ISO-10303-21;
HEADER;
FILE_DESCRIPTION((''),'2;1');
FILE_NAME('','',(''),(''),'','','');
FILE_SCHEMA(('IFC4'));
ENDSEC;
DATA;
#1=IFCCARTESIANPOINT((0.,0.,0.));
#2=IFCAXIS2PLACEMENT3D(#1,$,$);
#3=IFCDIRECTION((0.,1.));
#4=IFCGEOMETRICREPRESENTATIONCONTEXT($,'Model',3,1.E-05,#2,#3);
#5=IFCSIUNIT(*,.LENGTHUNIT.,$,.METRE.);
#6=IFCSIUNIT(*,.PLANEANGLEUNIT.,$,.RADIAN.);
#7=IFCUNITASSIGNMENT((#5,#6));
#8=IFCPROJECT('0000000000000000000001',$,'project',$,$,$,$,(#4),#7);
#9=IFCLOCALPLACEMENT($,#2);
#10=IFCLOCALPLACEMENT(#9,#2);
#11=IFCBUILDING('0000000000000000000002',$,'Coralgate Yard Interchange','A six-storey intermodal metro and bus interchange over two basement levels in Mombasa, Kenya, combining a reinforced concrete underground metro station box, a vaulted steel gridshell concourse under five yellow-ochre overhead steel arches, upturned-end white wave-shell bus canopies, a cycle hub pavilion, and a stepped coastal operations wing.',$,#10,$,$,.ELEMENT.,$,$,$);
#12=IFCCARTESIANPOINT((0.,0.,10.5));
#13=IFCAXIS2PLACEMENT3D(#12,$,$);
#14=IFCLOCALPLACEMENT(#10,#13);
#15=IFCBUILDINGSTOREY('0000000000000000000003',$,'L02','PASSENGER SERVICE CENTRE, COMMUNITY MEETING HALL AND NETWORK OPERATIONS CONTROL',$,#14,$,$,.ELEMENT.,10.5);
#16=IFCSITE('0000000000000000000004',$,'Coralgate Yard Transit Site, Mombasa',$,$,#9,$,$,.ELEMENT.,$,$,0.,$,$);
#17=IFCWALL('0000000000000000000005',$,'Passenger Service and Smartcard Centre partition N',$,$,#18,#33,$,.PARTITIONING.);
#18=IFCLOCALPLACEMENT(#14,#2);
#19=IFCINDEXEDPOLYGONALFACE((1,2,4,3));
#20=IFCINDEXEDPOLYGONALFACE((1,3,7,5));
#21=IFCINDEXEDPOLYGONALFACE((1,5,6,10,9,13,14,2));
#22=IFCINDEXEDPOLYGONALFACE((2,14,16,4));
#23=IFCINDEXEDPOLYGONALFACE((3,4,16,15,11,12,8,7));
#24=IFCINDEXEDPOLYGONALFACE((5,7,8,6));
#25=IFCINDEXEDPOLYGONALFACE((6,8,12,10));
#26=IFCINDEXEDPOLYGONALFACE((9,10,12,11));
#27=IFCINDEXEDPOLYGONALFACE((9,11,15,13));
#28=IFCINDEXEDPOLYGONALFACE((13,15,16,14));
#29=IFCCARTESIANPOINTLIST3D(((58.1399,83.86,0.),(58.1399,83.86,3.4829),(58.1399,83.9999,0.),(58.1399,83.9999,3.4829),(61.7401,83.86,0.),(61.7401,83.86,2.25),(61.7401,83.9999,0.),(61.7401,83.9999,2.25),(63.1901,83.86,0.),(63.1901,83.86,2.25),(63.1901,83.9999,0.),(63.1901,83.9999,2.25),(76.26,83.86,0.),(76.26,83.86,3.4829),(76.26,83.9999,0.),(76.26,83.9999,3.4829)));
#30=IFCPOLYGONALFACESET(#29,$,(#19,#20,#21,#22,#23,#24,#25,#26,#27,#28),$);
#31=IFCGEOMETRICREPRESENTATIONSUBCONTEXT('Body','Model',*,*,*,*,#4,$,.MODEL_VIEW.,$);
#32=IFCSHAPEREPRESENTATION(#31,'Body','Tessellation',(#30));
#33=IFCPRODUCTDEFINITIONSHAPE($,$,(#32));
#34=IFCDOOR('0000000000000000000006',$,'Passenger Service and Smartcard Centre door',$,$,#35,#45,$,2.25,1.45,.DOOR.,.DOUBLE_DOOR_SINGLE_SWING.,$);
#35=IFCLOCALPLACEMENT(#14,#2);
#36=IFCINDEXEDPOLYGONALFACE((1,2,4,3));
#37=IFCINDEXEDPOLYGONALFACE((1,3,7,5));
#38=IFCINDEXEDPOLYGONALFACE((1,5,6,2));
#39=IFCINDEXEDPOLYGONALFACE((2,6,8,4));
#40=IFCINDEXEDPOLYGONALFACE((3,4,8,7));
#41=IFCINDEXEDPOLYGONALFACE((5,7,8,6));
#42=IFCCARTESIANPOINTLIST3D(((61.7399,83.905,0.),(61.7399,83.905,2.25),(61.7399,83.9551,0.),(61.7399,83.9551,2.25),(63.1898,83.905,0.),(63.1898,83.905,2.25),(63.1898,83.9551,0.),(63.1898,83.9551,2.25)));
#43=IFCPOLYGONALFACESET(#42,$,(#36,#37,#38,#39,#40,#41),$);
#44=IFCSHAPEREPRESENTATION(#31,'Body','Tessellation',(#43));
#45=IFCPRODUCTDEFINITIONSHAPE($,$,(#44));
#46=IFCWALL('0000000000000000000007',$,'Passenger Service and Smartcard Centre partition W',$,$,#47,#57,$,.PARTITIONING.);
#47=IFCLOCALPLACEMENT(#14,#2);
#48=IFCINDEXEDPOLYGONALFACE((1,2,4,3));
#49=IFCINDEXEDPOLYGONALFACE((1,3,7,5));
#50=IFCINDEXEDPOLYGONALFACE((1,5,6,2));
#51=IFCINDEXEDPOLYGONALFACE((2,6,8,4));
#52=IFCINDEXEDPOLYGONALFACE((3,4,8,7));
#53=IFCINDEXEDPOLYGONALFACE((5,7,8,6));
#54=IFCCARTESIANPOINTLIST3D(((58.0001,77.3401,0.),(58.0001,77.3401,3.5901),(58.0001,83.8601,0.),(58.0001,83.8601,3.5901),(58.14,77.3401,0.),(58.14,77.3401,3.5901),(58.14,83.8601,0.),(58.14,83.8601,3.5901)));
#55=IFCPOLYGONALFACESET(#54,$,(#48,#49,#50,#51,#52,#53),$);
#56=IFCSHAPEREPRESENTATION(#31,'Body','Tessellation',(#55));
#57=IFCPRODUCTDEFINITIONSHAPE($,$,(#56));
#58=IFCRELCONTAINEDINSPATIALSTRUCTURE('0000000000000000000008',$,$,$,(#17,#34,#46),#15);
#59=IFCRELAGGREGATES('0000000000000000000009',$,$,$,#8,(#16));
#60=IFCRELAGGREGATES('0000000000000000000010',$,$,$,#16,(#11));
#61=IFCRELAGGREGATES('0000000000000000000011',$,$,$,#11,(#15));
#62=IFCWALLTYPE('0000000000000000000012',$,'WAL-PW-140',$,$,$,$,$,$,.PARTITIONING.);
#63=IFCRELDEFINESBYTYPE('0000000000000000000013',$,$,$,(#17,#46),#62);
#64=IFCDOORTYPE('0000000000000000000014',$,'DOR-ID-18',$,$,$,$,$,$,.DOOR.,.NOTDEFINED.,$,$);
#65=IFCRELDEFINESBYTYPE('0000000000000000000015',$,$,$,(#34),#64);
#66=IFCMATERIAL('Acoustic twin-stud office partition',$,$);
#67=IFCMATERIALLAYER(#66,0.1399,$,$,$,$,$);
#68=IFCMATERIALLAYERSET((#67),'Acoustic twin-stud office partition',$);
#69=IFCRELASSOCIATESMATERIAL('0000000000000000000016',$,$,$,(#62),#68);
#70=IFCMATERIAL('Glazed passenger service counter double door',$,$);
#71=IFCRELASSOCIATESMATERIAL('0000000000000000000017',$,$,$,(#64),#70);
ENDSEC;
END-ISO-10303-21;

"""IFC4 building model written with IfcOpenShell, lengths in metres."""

from ifc_helpers import new_model, si_unit, direction, frame, frame_2d, origin, place, context, subcontext, project, spatial, rectangle, extrude, material, layer, layer_set, type_object, element, fill, save


model = new_model("IFC4")

# Units and contexts
model_context = context("Model", 3, precision=1e-05, world=origin(), true_north=direction((0.0, 1.0)))
body_context = subcontext(model_context, "Body", "Model", "MODEL_VIEW")
ifc_project = project(units=[si_unit("LENGTHUNIT", "METRE"), si_unit("PLANEANGLEUNIT", "RADIAN")], contexts=[model_context])

# Site, building, storey
site_placement = place(None, origin())
site = spatial("IfcSite", under=ifc_project, at=site_placement, Name="Coralgate Yard Transit Site, Mombasa", CompositionType="ELEMENT", RefElevation=0.0)
building_placement = place(site_placement, origin())
building = spatial("IfcBuilding", under=site, at=building_placement, Name="Coralgate Yard Interchange", Description="A six-storey intermodal metro and bus interchange over two basement levels in Mombasa, Kenya, combining a reinforced concrete underground metro station box, a vaulted steel gridshell concourse under five yellow-ochre overhead steel arches, upturned-end white wave-shell bus canopies, a cycle hub pavilion, and a stepped coastal operations wing.", CompositionType="ELEMENT")
storey_placement = place(building_placement, frame((0.0, 0.0, 10.5)))
storey = spatial("IfcBuildingStorey", under=building, at=storey_placement, Name="L02", Description="PASSENGER SERVICE CENTRE, COMMUNITY MEETING HALL AND NETWORK OPERATIONS CONTROL", CompositionType="ELEMENT", Elevation=10.5)

# Wall, opening, door
ifc_material_1 = material(Name="Acoustic twin-stud office partition")
ifc_layer_1 = layer(ifc_material_1, 0.1399)
ifc_layer_set_1 = layer_set([ifc_layer_1], Name="Acoustic twin-stud office partition")
wall_type = type_object("IfcWallType", Name="WAL-PW-140", PredefinedType="PARTITIONING", material=ifc_layer_set_1)
wall_1_placement = place(storey_placement, frame((58.1399, 83.9299, 0.0), z_axis=(0.0, 0.0, 1.0), x_axis=(1.0, 0.0, 0.0)))
wall_1 = element("IfcWall", 1, at=wall_1_placement, inside=storey, type_object=wall_type, Name="Passenger Service and Smartcard Centre partition N", PredefinedType="PARTITIONING", context=body_context, shape_type="SweptSolid", body=[
    extrude(rectangle(XDim=18.1201, YDim=0.1399, at=frame_2d((9.0601, 0.0))), origin(), (0.0, 0.0, 1.0), 3.4829),
])
opening_placement = place(wall_1_placement, frame((3.6001, 0.0, 0.0)))
opening = element("IfcOpeningElement", 2, at=opening_placement, cuts=wall_1, PredefinedType="OPENING", context=body_context, shape_type="SweptSolid", body=[
    extrude(rectangle(XDim=1.45, YDim=2.25, at=frame_2d((0.7251, 1.125))), frame((0.0, 0.0798, 0.0), z_axis=(0.0, -1.0, 0.0), x_axis=(1.0, 0.0, 0.0)), (0.0, 0.0, 1.0), 0.1599),
])
ifc_material_2 = material(Name="Glazed passenger service counter double door")
door_type = type_object("IfcDoorType", Name="DOR-ID-18", OperationType="NOTDEFINED", PredefinedType="DOOR", material=ifc_material_2)
door_placement = place(opening_placement, frame((1.45, 0.0, 0.0), z_axis=(0.0, 0.0, 1.0), x_axis=(-1.0, 0.0, 0.0)))
door = element("IfcDoor", 3, at=door_placement, inside=storey, type_object=door_type, Name="Passenger Service and Smartcard Centre door", OperationType="DOUBLE_DOOR_SINGLE_SWING", OverallHeight=2.25, OverallWidth=1.45, PredefinedType="DOOR", context=body_context, shape_type="SweptSolid", body=[
    extrude(rectangle(XDim=1.45, YDim=2.25, at=frame_2d((0.7251, 1.125))), frame((0.0, 0.0249, 0.0), z_axis=(0.0, -1.0, 0.0), x_axis=(1.0, 0.0, 0.0)), (0.0, 0.0, 1.0), 0.05),
])
fill(opening, door)

# Wall
wall_2_placement = place(storey_placement, frame((58.0701, 77.3401, 0.0), z_axis=(0.0, 0.0, 1.0), x_axis=(0.0, 1.0, 0.0)))
element("IfcWall", 4, at=wall_2_placement, inside=storey, type_object=wall_type, Name="Passenger Service and Smartcard Centre partition W", PredefinedType="PARTITIONING", context=body_context, shape_type="SweptSolid", body=[
    extrude(rectangle(XDim=6.52, YDim=0.1399, at=frame_2d((3.26, 0.0))), origin(), (0.0, 0.0, 1.0), 3.5901),
])

save(model, "model.ifc")
